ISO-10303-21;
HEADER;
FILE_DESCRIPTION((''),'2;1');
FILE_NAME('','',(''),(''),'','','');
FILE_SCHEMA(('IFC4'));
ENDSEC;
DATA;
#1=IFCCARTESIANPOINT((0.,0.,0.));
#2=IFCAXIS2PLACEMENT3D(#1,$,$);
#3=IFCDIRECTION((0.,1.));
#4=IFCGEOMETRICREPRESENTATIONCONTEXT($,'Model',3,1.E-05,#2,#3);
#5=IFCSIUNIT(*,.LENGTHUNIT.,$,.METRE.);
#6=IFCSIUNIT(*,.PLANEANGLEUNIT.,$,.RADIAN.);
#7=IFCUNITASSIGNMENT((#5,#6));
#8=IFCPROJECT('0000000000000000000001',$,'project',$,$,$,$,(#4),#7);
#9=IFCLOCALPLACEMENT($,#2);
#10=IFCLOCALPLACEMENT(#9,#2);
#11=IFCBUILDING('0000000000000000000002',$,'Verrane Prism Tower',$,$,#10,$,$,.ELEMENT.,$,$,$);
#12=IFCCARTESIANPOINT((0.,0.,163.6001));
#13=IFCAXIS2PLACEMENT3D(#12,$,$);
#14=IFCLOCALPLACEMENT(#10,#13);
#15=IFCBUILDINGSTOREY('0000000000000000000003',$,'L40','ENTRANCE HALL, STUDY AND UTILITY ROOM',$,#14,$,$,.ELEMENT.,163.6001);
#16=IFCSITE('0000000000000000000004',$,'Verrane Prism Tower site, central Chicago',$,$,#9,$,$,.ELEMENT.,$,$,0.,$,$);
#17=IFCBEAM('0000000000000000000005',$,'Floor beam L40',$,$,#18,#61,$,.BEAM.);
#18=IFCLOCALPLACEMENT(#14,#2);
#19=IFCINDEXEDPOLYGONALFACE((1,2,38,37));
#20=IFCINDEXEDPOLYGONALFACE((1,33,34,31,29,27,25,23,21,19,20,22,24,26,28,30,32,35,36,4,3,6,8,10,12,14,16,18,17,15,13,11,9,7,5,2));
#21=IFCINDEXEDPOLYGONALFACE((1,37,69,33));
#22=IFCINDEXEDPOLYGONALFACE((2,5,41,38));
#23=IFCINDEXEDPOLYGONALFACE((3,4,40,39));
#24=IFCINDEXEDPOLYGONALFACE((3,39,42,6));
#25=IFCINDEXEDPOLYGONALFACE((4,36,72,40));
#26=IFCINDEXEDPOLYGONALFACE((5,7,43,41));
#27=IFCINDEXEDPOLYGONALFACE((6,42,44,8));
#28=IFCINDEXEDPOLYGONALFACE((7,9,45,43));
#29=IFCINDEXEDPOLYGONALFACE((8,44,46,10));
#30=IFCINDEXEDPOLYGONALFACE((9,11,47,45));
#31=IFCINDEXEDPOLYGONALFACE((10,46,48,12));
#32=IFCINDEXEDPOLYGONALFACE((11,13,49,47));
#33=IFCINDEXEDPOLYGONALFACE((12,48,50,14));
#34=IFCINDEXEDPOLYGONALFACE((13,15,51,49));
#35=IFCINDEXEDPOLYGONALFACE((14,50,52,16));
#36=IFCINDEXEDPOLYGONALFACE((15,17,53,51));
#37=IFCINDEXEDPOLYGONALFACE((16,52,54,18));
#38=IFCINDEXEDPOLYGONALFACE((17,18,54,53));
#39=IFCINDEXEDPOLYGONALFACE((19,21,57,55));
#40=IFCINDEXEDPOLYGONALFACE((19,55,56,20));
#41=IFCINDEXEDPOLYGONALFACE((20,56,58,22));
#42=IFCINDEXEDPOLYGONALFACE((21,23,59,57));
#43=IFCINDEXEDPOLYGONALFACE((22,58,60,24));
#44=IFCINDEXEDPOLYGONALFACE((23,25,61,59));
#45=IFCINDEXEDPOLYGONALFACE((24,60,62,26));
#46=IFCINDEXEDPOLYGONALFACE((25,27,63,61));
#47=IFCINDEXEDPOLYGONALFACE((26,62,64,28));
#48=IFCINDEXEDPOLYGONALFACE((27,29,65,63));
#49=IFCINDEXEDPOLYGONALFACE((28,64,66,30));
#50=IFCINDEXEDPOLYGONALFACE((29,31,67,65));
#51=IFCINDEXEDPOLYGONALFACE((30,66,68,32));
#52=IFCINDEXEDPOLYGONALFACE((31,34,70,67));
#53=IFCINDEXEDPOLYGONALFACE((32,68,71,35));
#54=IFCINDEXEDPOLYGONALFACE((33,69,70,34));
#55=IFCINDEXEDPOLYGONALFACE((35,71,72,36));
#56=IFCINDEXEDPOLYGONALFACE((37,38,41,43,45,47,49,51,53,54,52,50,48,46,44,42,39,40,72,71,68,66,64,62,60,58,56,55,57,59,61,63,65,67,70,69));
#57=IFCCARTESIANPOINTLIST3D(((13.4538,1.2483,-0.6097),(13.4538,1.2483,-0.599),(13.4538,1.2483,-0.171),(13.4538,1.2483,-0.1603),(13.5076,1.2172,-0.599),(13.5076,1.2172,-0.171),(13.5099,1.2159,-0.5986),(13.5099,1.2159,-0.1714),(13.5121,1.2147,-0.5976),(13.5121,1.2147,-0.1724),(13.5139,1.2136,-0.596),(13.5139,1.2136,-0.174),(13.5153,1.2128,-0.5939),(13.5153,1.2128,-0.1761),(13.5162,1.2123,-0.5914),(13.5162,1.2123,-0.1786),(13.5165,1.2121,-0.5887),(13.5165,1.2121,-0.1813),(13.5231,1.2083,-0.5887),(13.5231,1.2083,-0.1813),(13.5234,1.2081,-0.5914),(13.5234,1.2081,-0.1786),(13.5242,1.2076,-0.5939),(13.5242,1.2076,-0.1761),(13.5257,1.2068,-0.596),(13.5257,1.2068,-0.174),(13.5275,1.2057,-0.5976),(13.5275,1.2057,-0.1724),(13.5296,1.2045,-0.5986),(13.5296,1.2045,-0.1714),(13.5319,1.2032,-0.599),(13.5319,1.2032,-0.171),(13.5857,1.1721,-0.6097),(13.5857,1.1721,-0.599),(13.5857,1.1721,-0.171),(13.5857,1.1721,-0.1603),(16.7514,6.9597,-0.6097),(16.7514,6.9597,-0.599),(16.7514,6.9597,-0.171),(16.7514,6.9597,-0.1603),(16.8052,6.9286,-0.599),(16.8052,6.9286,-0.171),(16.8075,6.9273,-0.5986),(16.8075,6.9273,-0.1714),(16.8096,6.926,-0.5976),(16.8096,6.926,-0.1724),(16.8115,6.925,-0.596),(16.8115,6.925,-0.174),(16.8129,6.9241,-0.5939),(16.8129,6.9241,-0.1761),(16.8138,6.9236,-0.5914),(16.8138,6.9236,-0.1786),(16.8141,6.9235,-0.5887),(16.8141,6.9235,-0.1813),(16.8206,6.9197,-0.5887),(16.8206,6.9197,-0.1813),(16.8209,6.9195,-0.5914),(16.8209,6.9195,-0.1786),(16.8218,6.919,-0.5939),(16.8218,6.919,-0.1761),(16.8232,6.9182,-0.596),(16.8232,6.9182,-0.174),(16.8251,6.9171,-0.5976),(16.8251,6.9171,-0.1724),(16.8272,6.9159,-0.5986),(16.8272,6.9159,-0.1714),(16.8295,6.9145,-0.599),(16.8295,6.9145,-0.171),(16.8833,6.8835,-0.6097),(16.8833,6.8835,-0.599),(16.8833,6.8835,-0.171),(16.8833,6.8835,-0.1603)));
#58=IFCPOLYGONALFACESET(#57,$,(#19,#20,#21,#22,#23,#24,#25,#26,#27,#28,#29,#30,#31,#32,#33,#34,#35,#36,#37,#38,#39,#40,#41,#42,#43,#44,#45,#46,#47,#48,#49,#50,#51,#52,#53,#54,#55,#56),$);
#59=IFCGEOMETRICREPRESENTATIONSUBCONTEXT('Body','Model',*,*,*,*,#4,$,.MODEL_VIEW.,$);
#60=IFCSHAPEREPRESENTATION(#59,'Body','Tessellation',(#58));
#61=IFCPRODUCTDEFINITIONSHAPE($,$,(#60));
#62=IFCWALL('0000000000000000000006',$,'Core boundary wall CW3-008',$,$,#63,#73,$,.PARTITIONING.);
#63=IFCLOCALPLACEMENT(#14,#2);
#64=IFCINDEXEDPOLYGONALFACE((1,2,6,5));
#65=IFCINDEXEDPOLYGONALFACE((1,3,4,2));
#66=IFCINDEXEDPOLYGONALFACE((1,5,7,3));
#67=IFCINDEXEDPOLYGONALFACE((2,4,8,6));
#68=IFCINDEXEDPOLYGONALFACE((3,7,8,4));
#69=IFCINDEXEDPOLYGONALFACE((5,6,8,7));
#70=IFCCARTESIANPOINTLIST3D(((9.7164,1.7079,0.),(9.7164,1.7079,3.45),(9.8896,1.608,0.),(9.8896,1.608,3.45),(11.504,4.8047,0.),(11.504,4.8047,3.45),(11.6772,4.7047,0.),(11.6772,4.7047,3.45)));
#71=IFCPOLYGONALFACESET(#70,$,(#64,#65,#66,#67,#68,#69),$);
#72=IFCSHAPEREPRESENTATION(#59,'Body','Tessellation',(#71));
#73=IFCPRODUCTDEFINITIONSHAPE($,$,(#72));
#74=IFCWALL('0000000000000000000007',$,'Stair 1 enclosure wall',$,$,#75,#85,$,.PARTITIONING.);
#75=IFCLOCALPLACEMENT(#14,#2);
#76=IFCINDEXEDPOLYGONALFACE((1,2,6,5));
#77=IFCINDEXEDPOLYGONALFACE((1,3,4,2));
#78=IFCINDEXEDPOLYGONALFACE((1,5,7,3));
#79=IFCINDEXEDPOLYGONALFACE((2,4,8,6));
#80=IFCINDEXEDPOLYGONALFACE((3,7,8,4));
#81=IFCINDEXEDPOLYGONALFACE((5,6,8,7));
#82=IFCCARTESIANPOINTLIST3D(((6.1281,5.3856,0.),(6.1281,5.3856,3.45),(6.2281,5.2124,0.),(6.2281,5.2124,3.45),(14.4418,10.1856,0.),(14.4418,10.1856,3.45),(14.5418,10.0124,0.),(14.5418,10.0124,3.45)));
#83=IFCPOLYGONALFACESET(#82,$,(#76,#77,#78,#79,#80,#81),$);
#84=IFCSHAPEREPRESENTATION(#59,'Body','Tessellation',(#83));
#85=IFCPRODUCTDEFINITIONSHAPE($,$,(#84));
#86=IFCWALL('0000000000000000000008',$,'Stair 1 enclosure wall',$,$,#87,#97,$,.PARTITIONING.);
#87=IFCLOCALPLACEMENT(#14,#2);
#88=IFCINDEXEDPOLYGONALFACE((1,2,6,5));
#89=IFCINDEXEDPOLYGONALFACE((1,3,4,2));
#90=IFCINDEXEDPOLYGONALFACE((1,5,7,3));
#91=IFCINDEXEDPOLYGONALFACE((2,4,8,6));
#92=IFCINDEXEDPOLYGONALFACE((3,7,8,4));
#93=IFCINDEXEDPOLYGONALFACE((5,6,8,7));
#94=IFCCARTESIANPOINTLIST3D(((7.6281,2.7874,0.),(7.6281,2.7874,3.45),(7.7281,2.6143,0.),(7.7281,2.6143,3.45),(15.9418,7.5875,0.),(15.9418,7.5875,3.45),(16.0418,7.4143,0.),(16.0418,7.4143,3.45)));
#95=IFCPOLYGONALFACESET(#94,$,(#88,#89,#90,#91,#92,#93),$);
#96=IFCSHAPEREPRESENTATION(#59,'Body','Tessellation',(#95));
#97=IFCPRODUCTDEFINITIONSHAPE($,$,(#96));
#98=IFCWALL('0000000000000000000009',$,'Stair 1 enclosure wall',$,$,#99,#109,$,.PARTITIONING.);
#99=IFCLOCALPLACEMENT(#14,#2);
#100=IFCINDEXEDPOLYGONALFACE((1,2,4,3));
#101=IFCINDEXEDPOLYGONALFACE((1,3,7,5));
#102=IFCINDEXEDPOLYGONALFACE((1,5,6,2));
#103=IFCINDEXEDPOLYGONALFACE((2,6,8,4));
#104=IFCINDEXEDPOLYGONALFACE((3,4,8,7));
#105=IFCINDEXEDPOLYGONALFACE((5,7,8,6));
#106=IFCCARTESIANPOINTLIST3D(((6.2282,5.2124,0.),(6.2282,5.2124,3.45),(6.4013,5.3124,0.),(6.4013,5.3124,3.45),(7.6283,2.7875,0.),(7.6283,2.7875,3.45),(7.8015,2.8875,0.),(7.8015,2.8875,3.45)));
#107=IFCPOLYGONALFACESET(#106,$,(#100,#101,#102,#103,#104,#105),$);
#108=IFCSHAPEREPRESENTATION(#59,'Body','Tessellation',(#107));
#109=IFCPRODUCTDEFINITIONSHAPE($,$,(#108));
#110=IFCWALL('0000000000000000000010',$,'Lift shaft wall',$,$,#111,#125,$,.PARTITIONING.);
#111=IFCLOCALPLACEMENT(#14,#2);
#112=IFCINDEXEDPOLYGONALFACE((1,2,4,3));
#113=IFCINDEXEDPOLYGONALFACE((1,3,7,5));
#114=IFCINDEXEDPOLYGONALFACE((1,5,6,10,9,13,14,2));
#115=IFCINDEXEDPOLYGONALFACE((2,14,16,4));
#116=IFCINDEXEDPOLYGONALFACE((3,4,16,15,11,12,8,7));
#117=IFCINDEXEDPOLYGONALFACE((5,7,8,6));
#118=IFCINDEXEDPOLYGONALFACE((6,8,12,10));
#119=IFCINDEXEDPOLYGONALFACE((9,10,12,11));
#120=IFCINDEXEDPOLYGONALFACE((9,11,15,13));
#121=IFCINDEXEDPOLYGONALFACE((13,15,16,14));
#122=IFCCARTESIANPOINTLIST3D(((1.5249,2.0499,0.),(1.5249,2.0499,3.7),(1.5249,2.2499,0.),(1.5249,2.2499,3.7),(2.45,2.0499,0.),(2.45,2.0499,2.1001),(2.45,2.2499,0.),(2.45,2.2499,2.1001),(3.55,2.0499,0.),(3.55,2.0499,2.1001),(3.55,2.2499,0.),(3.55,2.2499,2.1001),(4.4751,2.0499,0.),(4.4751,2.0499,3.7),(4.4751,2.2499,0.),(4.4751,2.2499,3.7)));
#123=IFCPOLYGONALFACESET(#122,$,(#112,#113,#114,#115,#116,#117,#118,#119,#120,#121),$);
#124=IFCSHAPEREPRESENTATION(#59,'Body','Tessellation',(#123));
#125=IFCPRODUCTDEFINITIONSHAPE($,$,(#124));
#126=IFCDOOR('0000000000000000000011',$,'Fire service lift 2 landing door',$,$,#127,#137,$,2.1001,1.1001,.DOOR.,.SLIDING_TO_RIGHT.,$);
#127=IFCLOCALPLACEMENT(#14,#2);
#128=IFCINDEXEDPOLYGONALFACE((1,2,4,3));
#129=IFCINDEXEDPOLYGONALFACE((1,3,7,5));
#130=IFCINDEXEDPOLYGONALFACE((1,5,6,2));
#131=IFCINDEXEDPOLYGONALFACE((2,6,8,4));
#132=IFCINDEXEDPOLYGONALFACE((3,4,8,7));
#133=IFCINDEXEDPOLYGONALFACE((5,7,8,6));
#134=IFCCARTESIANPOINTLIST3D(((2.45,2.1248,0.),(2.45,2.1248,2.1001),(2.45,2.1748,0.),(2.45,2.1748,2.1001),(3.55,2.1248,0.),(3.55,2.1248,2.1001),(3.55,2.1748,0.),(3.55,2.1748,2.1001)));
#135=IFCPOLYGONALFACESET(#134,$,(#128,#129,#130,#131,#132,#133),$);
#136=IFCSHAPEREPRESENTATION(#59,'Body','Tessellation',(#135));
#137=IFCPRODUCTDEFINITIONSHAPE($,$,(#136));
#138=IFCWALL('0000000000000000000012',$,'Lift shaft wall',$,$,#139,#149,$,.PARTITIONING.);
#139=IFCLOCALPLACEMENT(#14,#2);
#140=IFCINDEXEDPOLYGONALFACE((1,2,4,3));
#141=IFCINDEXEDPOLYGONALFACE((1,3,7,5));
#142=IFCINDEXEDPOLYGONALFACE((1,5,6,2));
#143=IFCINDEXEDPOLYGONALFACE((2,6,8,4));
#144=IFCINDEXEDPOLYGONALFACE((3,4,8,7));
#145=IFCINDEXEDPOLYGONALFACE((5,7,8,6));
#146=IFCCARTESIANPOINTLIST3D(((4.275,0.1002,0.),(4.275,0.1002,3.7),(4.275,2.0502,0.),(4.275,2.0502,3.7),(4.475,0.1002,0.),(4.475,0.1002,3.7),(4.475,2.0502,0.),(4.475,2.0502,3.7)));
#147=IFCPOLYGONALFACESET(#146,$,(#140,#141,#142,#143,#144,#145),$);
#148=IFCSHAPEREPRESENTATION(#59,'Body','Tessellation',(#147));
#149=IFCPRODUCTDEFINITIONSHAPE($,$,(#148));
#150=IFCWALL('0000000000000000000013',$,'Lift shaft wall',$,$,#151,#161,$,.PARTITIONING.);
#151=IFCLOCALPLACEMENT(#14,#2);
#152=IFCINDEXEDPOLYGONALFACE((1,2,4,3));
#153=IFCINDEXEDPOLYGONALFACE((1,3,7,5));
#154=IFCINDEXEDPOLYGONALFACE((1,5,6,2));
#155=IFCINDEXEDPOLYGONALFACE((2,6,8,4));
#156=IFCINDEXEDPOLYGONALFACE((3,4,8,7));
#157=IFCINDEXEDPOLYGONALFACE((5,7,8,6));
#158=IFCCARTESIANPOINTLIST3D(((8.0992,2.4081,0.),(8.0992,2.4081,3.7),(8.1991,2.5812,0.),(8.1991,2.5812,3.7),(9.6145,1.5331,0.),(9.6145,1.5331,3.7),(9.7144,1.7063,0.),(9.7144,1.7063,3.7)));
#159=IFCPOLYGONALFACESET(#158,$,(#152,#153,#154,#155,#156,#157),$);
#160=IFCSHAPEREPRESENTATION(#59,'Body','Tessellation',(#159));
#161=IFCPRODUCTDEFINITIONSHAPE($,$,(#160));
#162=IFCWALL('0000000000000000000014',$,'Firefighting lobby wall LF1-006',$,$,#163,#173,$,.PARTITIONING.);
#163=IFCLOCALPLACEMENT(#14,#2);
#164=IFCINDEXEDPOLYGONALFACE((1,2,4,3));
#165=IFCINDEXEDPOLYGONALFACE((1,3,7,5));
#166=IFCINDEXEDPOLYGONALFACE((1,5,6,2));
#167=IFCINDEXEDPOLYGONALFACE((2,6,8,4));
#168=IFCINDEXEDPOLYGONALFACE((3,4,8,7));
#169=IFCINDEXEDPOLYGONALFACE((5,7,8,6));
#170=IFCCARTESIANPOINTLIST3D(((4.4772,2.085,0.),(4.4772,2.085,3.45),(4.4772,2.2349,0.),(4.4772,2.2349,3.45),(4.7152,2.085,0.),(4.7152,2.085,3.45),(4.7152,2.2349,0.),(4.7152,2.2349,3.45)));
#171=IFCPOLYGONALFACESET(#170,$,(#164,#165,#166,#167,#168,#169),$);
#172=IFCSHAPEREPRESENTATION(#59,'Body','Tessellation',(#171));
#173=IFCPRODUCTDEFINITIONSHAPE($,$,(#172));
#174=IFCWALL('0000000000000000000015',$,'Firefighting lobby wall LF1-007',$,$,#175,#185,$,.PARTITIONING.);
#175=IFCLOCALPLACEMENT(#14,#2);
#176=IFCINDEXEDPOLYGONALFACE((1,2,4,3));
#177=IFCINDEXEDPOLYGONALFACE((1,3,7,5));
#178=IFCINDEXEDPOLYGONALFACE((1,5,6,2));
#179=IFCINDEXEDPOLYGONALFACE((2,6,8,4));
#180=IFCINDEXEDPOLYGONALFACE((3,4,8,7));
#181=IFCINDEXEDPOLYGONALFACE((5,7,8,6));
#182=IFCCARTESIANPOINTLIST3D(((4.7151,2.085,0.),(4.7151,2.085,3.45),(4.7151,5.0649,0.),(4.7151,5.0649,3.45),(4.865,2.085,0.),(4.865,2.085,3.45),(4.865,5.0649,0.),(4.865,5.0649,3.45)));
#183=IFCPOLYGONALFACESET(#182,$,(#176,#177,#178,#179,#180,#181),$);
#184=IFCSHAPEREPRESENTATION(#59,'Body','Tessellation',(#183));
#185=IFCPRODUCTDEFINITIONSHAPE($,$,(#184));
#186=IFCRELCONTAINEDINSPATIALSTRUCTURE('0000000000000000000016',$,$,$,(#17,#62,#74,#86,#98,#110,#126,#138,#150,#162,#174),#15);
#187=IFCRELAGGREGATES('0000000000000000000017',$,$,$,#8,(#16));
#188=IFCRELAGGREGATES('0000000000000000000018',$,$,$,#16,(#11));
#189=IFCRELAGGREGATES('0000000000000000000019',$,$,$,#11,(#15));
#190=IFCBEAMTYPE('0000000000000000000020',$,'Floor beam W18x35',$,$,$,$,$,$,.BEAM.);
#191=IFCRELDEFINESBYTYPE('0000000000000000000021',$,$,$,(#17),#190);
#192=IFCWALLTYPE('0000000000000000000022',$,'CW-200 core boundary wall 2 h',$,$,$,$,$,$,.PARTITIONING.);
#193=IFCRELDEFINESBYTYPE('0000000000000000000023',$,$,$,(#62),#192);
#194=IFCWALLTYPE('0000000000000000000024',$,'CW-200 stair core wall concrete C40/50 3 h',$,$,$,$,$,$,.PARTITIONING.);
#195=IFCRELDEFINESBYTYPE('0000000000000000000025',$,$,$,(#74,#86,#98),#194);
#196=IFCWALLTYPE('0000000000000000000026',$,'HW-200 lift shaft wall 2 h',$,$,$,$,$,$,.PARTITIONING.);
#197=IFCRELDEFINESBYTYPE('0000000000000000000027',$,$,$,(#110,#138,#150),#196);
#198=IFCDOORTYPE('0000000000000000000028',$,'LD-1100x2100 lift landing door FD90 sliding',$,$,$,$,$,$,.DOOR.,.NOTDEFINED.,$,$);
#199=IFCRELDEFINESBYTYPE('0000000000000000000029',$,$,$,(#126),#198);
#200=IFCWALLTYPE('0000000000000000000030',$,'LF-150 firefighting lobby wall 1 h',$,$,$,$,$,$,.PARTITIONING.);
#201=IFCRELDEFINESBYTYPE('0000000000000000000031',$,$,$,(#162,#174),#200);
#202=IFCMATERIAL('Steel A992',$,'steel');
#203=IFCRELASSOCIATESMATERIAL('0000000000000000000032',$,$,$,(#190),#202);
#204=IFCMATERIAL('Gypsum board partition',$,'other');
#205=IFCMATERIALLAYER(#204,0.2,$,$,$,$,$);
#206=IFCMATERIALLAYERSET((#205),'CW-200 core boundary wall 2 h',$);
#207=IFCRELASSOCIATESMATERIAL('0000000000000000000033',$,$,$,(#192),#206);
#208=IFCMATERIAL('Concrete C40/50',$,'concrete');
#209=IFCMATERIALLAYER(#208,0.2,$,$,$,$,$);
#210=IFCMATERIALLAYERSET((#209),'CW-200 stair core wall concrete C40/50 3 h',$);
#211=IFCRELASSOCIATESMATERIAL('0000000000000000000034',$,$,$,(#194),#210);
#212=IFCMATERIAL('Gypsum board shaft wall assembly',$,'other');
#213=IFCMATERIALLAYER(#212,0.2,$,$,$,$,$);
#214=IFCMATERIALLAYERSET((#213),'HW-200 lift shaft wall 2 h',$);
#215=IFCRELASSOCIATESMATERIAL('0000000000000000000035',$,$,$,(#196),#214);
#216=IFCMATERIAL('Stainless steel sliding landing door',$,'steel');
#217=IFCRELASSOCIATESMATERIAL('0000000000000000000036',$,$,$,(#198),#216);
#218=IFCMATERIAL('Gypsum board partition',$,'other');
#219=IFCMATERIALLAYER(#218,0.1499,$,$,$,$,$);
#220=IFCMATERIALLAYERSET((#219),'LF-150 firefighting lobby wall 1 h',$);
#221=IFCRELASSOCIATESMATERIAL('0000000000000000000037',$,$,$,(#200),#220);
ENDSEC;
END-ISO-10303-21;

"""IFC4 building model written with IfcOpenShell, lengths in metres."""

from ifc_helpers import new_model, si_unit, direction, frame, frame_2d, origin, origin_2d, place, context, subcontext, project, spatial, rectangle, i_section, extrude, material, layer, layer_set, material_profile, profile_set, type_object, element, fill, save


model = new_model("IFC4")

# Units and contexts
model_context = context("Model", 3, precision=1e-05, world=origin(), true_north=direction((0.0, 1.0)))
body_context = subcontext(model_context, "Body", "Model", "MODEL_VIEW")
ifc_project = project(units=[si_unit("LENGTHUNIT", "METRE"), si_unit("PLANEANGLEUNIT", "RADIAN")], contexts=[model_context])

# Site, building, storey
site_placement = place(None, origin())
site = spatial("IfcSite", under=ifc_project, at=site_placement, Name="Verrane Prism Tower site, central Chicago", CompositionType="ELEMENT", RefElevation=0.0)
building_placement = place(site_placement, origin())
building = spatial("IfcBuilding", under=site, at=building_placement, Name="Verrane Prism Tower", CompositionType="ELEMENT")
storey_placement = place(building_placement, frame((0.0, 0.0, 163.6001)))
storey = spatial("IfcBuildingStorey", under=building, at=storey_placement, Name="L40", Description="ENTRANCE HALL, STUDY AND UTILITY ROOM", CompositionType="ELEMENT", Elevation=163.6001)

# Beam
ifc_material_1 = material(Name="Steel A992", Category="steel")
ifc_material_profile_1 = material_profile(ifc_material_1, i_section(OverallWidth=0.1523, OverallDepth=0.4495, WebThickness=0.0076, FlangeThickness=0.0107, FilletRadius=0.0103, at=origin_2d()), Name="W18x35")
ifc_profile_set_1 = profile_set([ifc_material_profile_1], Name="Steel A992")
beam_type_1 = type_object("IfcBeamType", Name="Floor beam W18x35", PredefinedType="BEAM", material=ifc_profile_set_1)
beam_1_placement = place(storey_placement, frame((13.5198, 1.2102, -0.385), z_axis=(0.500013, 0.866018, 0.0), x_axis=(-0.866018, 0.500013, 0.0)))
element("IfcBeam", 1, at=beam_1_placement, inside=storey, type_object=beam_type_1, Name="Floor beam L40", PredefinedType="BEAM", context=body_context, shape_type="SweptSolid", body=[
    extrude(i_section(OverallWidth=0.1523, OverallDepth=0.4495, WebThickness=0.0076, FlangeThickness=0.0107, FilletRadius=0.0103, at=origin_2d()), origin(), (0.0, 0.0, 1.0), 6.595),
])

# Walls
ifc_material_2 = material(Name="Gypsum board partition", Category="other")
ifc_layer_1 = layer(ifc_material_2, 0.2)
ifc_layer_set_1 = layer_set([ifc_layer_1], Name="CW-200 core boundary wall 2 h")
wall_type_1 = type_object("IfcWallType", Name="CW-200 core boundary wall 2 h", PredefinedType="PARTITIONING", material=ifc_layer_set_1)
wall_1_placement = place(storey_placement, frame((9.803, 1.658, 0.0), z_axis=(0.0, 0.0, 1.0), x_axis=(0.499943, 0.866058, 0.0)))
element("IfcWall", 2, at=wall_1_placement, inside=storey, type_object=wall_type_1, Name="Core boundary wall CW3-008", PredefinedType="PARTITIONING", context=body_context, shape_type="SweptSolid", body=[
    extrude(rectangle(XDim=3.5757, YDim=0.2, at=frame_2d((1.7878, 0.0))), origin(), (0.0, 0.0, 1.0), 3.45),
])
ifc_material_3 = material(Name="Concrete C40/50", Category="concrete")
ifc_layer_2 = layer(ifc_material_3, 0.2)
ifc_layer_set_2 = layer_set([ifc_layer_2], Name="CW-200 stair core wall concrete C40/50 3 h")
wall_type_2 = type_object("IfcWallType", Name="CW-200 stair core wall concrete C40/50 3 h", PredefinedType="PARTITIONING", material=ifc_layer_set_2)
for number, where, z_axis, x_axis, name in (
    (3, (6.1782, 5.2991, 0.0), (0.0, 0.0, 1.0), (0.86602, 0.500009, 0.0), "Stair 1 enclosure wall"),
    (4, (7.6782, 2.7009, 0.0), (0.0, 0.0, 1.0), (0.86602, 0.500009, 0.0), "Stair 1 enclosure wall"),
):
    element("IfcWall", number, at=place(storey_placement, frame(where, z_axis=z_axis, x_axis=x_axis)), inside=storey, type_object=wall_type_2, Name=name, PredefinedType="PARTITIONING", context=body_context, shape_type="SweptSolid", body=[
        extrude(rectangle(XDim=9.5999, YDim=0.2, at=frame_2d((4.7998, 0.0))), origin(), (0.0, 0.0, 1.0), 3.45),
    ])
wall_2_placement = place(storey_placement, frame((7.7148, 2.8376, 0.0), z_axis=(0.0, 0.0, 1.0), x_axis=(-0.50005, 0.865997, 0.0)))
element("IfcWall", 5, at=wall_2_placement, inside=storey, type_object=wall_type_2, Name="Stair 1 enclosure wall", PredefinedType="PARTITIONING", context=body_context, shape_type="SweptSolid", body=[
    extrude(rectangle(XDim=2.8, YDim=0.2, at=frame_2d((1.3999, 0.0))), origin(), (0.0, 0.0, 1.0), 3.45),
])

# Wall, opening, door
ifc_material_4 = material(Name="Gypsum board shaft wall assembly", Category="other")
ifc_layer_3 = layer(ifc_material_4, 0.2)
ifc_layer_set_3 = layer_set([ifc_layer_3], Name="HW-200 lift shaft wall 2 h")
wall_type_3 = type_object("IfcWallType", Name="HW-200 lift shaft wall 2 h", PredefinedType="PARTITIONING", material=ifc_layer_set_3)
wall_3_placement = place(storey_placement, frame((1.5249, 2.1499, 0.0), z_axis=(0.0, 0.0, 1.0), x_axis=(1.0, 0.0, 0.0)))
wall_3 = element("IfcWall", 6, at=wall_3_placement, inside=storey, type_object=wall_type_3, Name="Lift shaft wall", PredefinedType="PARTITIONING", context=body_context, shape_type="SweptSolid", body=[
    extrude(rectangle(XDim=2.9502, YDim=0.2, at=frame_2d((1.4751, 0.0))), origin(), (0.0, 0.0, 1.0), 3.7),
])
opening_1_placement = place(wall_3_placement, frame((0.925, 0.0, 0.0)))
opening_1 = element("IfcOpeningElement", 7, at=opening_1_placement, cuts=wall_3, PredefinedType="OPENING", context=body_context, shape_type="SweptSolid", body=[
    extrude(rectangle(XDim=1.1001, YDim=2.1001, at=frame_2d((0.55, 1.05))), frame((0.0, 0.1099, 0.0), z_axis=(0.0, -1.0, 0.0), x_axis=(1.0, 0.0, 0.0)), (0.0, 0.0, 1.0), 0.22),
])
ifc_material_5 = material(Name="Stainless steel sliding landing door", Category="steel")
door_type_1 = type_object("IfcDoorType", Name="LD-1100x2100 lift landing door FD90 sliding", OperationType="NOTDEFINED", PredefinedType="DOOR", material=ifc_material_5)
door_1_placement = place(opening_1_placement, origin())
door_1 = element("IfcDoor", 8, at=door_1_placement, inside=storey, type_object=door_type_1, Name="Fire service lift 2 landing door", OperationType="SLIDING_TO_RIGHT", OverallHeight=2.1001, OverallWidth=1.1001, PredefinedType="DOOR", context=body_context, shape_type="SweptSolid", body=[
    extrude(rectangle(XDim=1.1001, YDim=2.1001, at=frame_2d((0.55, 1.05))), frame((0.0, 0.0249, 0.0), z_axis=(0.0, -1.0, 0.0), x_axis=(1.0, 0.0, 0.0)), (0.0, 0.0, 1.0), 0.05),
])
fill(opening_1, door_1)

# Walls
wall_4_placement = place(storey_placement, frame((4.375, 0.1001, 0.0), z_axis=(0.0, 0.0, 1.0), x_axis=(0.0, 1.0, 0.0)))
element("IfcWall", 9, at=wall_4_placement, inside=storey, type_object=wall_type_3, Name="Lift shaft wall", PredefinedType="PARTITIONING", context=body_context, shape_type="SweptSolid", body=[
    extrude(rectangle(XDim=1.95, YDim=0.2, at=frame_2d((0.9751, 0.0))), origin(), (0.0, 0.0, 1.0), 3.7),
])
wall_5_placement = place(storey_placement, frame((9.6646, 1.6196, 0.0), z_axis=(0.0, 0.0, 1.0), x_axis=(-0.866002, 0.50004, 0.0)))
element("IfcWall", 10, at=wall_5_placement, inside=storey, type_object=wall_type_3, Name="Lift shaft wall", PredefinedType="PARTITIONING", context=body_context, shape_type="SweptSolid", body=[
    extrude(rectangle(XDim=1.7498, YDim=0.2, at=frame_2d((0.875, 0.0))), origin(), (0.0, 0.0, 1.0), 3.7),
])
ifc_material_6 = material(Name="Gypsum board partition", Category="other")
ifc_layer_4 = layer(ifc_material_6, 0.1499)
ifc_layer_set_4 = layer_set([ifc_layer_4], Name="LF-150 firefighting lobby wall 1 h")
wall_type_4 = type_object("IfcWallType", Name="LF-150 firefighting lobby wall 1 h", PredefinedType="PARTITIONING", material=ifc_layer_set_4)
wall_6_placement = place(storey_placement, frame((4.4771, 2.1599, 0.0), z_axis=(0.0, 0.0, 1.0), x_axis=(1.0, 0.0, 0.0)))
element("IfcWall", 11, at=wall_6_placement, inside=storey, type_object=wall_type_4, Name="Firefighting lobby wall LF1-006", PredefinedType="PARTITIONING", context=body_context, shape_type="SweptSolid", body=[
    extrude(rectangle(XDim=0.238, YDim=0.1499, at=frame_2d((0.1191, 0.0))), origin(), (0.0, 0.0, 1.0), 3.45),
])
wall_7_placement = place(storey_placement, frame((4.79, 2.085, 0.0), z_axis=(0.0, 0.0, 1.0), x_axis=(0.0, 1.0, 0.0)))
element("IfcWall", 12, at=wall_7_placement, inside=storey, type_object=wall_type_4, Name="Firefighting lobby wall LF1-007", PredefinedType="PARTITIONING", context=body_context, shape_type="SweptSolid", body=[
    extrude(rectangle(XDim=2.98, YDim=0.1499, at=frame_2d((1.49, 0.0))), origin(), (0.0, 0.0, 1.0), 3.45),
])

save(model, "model.ifc")
